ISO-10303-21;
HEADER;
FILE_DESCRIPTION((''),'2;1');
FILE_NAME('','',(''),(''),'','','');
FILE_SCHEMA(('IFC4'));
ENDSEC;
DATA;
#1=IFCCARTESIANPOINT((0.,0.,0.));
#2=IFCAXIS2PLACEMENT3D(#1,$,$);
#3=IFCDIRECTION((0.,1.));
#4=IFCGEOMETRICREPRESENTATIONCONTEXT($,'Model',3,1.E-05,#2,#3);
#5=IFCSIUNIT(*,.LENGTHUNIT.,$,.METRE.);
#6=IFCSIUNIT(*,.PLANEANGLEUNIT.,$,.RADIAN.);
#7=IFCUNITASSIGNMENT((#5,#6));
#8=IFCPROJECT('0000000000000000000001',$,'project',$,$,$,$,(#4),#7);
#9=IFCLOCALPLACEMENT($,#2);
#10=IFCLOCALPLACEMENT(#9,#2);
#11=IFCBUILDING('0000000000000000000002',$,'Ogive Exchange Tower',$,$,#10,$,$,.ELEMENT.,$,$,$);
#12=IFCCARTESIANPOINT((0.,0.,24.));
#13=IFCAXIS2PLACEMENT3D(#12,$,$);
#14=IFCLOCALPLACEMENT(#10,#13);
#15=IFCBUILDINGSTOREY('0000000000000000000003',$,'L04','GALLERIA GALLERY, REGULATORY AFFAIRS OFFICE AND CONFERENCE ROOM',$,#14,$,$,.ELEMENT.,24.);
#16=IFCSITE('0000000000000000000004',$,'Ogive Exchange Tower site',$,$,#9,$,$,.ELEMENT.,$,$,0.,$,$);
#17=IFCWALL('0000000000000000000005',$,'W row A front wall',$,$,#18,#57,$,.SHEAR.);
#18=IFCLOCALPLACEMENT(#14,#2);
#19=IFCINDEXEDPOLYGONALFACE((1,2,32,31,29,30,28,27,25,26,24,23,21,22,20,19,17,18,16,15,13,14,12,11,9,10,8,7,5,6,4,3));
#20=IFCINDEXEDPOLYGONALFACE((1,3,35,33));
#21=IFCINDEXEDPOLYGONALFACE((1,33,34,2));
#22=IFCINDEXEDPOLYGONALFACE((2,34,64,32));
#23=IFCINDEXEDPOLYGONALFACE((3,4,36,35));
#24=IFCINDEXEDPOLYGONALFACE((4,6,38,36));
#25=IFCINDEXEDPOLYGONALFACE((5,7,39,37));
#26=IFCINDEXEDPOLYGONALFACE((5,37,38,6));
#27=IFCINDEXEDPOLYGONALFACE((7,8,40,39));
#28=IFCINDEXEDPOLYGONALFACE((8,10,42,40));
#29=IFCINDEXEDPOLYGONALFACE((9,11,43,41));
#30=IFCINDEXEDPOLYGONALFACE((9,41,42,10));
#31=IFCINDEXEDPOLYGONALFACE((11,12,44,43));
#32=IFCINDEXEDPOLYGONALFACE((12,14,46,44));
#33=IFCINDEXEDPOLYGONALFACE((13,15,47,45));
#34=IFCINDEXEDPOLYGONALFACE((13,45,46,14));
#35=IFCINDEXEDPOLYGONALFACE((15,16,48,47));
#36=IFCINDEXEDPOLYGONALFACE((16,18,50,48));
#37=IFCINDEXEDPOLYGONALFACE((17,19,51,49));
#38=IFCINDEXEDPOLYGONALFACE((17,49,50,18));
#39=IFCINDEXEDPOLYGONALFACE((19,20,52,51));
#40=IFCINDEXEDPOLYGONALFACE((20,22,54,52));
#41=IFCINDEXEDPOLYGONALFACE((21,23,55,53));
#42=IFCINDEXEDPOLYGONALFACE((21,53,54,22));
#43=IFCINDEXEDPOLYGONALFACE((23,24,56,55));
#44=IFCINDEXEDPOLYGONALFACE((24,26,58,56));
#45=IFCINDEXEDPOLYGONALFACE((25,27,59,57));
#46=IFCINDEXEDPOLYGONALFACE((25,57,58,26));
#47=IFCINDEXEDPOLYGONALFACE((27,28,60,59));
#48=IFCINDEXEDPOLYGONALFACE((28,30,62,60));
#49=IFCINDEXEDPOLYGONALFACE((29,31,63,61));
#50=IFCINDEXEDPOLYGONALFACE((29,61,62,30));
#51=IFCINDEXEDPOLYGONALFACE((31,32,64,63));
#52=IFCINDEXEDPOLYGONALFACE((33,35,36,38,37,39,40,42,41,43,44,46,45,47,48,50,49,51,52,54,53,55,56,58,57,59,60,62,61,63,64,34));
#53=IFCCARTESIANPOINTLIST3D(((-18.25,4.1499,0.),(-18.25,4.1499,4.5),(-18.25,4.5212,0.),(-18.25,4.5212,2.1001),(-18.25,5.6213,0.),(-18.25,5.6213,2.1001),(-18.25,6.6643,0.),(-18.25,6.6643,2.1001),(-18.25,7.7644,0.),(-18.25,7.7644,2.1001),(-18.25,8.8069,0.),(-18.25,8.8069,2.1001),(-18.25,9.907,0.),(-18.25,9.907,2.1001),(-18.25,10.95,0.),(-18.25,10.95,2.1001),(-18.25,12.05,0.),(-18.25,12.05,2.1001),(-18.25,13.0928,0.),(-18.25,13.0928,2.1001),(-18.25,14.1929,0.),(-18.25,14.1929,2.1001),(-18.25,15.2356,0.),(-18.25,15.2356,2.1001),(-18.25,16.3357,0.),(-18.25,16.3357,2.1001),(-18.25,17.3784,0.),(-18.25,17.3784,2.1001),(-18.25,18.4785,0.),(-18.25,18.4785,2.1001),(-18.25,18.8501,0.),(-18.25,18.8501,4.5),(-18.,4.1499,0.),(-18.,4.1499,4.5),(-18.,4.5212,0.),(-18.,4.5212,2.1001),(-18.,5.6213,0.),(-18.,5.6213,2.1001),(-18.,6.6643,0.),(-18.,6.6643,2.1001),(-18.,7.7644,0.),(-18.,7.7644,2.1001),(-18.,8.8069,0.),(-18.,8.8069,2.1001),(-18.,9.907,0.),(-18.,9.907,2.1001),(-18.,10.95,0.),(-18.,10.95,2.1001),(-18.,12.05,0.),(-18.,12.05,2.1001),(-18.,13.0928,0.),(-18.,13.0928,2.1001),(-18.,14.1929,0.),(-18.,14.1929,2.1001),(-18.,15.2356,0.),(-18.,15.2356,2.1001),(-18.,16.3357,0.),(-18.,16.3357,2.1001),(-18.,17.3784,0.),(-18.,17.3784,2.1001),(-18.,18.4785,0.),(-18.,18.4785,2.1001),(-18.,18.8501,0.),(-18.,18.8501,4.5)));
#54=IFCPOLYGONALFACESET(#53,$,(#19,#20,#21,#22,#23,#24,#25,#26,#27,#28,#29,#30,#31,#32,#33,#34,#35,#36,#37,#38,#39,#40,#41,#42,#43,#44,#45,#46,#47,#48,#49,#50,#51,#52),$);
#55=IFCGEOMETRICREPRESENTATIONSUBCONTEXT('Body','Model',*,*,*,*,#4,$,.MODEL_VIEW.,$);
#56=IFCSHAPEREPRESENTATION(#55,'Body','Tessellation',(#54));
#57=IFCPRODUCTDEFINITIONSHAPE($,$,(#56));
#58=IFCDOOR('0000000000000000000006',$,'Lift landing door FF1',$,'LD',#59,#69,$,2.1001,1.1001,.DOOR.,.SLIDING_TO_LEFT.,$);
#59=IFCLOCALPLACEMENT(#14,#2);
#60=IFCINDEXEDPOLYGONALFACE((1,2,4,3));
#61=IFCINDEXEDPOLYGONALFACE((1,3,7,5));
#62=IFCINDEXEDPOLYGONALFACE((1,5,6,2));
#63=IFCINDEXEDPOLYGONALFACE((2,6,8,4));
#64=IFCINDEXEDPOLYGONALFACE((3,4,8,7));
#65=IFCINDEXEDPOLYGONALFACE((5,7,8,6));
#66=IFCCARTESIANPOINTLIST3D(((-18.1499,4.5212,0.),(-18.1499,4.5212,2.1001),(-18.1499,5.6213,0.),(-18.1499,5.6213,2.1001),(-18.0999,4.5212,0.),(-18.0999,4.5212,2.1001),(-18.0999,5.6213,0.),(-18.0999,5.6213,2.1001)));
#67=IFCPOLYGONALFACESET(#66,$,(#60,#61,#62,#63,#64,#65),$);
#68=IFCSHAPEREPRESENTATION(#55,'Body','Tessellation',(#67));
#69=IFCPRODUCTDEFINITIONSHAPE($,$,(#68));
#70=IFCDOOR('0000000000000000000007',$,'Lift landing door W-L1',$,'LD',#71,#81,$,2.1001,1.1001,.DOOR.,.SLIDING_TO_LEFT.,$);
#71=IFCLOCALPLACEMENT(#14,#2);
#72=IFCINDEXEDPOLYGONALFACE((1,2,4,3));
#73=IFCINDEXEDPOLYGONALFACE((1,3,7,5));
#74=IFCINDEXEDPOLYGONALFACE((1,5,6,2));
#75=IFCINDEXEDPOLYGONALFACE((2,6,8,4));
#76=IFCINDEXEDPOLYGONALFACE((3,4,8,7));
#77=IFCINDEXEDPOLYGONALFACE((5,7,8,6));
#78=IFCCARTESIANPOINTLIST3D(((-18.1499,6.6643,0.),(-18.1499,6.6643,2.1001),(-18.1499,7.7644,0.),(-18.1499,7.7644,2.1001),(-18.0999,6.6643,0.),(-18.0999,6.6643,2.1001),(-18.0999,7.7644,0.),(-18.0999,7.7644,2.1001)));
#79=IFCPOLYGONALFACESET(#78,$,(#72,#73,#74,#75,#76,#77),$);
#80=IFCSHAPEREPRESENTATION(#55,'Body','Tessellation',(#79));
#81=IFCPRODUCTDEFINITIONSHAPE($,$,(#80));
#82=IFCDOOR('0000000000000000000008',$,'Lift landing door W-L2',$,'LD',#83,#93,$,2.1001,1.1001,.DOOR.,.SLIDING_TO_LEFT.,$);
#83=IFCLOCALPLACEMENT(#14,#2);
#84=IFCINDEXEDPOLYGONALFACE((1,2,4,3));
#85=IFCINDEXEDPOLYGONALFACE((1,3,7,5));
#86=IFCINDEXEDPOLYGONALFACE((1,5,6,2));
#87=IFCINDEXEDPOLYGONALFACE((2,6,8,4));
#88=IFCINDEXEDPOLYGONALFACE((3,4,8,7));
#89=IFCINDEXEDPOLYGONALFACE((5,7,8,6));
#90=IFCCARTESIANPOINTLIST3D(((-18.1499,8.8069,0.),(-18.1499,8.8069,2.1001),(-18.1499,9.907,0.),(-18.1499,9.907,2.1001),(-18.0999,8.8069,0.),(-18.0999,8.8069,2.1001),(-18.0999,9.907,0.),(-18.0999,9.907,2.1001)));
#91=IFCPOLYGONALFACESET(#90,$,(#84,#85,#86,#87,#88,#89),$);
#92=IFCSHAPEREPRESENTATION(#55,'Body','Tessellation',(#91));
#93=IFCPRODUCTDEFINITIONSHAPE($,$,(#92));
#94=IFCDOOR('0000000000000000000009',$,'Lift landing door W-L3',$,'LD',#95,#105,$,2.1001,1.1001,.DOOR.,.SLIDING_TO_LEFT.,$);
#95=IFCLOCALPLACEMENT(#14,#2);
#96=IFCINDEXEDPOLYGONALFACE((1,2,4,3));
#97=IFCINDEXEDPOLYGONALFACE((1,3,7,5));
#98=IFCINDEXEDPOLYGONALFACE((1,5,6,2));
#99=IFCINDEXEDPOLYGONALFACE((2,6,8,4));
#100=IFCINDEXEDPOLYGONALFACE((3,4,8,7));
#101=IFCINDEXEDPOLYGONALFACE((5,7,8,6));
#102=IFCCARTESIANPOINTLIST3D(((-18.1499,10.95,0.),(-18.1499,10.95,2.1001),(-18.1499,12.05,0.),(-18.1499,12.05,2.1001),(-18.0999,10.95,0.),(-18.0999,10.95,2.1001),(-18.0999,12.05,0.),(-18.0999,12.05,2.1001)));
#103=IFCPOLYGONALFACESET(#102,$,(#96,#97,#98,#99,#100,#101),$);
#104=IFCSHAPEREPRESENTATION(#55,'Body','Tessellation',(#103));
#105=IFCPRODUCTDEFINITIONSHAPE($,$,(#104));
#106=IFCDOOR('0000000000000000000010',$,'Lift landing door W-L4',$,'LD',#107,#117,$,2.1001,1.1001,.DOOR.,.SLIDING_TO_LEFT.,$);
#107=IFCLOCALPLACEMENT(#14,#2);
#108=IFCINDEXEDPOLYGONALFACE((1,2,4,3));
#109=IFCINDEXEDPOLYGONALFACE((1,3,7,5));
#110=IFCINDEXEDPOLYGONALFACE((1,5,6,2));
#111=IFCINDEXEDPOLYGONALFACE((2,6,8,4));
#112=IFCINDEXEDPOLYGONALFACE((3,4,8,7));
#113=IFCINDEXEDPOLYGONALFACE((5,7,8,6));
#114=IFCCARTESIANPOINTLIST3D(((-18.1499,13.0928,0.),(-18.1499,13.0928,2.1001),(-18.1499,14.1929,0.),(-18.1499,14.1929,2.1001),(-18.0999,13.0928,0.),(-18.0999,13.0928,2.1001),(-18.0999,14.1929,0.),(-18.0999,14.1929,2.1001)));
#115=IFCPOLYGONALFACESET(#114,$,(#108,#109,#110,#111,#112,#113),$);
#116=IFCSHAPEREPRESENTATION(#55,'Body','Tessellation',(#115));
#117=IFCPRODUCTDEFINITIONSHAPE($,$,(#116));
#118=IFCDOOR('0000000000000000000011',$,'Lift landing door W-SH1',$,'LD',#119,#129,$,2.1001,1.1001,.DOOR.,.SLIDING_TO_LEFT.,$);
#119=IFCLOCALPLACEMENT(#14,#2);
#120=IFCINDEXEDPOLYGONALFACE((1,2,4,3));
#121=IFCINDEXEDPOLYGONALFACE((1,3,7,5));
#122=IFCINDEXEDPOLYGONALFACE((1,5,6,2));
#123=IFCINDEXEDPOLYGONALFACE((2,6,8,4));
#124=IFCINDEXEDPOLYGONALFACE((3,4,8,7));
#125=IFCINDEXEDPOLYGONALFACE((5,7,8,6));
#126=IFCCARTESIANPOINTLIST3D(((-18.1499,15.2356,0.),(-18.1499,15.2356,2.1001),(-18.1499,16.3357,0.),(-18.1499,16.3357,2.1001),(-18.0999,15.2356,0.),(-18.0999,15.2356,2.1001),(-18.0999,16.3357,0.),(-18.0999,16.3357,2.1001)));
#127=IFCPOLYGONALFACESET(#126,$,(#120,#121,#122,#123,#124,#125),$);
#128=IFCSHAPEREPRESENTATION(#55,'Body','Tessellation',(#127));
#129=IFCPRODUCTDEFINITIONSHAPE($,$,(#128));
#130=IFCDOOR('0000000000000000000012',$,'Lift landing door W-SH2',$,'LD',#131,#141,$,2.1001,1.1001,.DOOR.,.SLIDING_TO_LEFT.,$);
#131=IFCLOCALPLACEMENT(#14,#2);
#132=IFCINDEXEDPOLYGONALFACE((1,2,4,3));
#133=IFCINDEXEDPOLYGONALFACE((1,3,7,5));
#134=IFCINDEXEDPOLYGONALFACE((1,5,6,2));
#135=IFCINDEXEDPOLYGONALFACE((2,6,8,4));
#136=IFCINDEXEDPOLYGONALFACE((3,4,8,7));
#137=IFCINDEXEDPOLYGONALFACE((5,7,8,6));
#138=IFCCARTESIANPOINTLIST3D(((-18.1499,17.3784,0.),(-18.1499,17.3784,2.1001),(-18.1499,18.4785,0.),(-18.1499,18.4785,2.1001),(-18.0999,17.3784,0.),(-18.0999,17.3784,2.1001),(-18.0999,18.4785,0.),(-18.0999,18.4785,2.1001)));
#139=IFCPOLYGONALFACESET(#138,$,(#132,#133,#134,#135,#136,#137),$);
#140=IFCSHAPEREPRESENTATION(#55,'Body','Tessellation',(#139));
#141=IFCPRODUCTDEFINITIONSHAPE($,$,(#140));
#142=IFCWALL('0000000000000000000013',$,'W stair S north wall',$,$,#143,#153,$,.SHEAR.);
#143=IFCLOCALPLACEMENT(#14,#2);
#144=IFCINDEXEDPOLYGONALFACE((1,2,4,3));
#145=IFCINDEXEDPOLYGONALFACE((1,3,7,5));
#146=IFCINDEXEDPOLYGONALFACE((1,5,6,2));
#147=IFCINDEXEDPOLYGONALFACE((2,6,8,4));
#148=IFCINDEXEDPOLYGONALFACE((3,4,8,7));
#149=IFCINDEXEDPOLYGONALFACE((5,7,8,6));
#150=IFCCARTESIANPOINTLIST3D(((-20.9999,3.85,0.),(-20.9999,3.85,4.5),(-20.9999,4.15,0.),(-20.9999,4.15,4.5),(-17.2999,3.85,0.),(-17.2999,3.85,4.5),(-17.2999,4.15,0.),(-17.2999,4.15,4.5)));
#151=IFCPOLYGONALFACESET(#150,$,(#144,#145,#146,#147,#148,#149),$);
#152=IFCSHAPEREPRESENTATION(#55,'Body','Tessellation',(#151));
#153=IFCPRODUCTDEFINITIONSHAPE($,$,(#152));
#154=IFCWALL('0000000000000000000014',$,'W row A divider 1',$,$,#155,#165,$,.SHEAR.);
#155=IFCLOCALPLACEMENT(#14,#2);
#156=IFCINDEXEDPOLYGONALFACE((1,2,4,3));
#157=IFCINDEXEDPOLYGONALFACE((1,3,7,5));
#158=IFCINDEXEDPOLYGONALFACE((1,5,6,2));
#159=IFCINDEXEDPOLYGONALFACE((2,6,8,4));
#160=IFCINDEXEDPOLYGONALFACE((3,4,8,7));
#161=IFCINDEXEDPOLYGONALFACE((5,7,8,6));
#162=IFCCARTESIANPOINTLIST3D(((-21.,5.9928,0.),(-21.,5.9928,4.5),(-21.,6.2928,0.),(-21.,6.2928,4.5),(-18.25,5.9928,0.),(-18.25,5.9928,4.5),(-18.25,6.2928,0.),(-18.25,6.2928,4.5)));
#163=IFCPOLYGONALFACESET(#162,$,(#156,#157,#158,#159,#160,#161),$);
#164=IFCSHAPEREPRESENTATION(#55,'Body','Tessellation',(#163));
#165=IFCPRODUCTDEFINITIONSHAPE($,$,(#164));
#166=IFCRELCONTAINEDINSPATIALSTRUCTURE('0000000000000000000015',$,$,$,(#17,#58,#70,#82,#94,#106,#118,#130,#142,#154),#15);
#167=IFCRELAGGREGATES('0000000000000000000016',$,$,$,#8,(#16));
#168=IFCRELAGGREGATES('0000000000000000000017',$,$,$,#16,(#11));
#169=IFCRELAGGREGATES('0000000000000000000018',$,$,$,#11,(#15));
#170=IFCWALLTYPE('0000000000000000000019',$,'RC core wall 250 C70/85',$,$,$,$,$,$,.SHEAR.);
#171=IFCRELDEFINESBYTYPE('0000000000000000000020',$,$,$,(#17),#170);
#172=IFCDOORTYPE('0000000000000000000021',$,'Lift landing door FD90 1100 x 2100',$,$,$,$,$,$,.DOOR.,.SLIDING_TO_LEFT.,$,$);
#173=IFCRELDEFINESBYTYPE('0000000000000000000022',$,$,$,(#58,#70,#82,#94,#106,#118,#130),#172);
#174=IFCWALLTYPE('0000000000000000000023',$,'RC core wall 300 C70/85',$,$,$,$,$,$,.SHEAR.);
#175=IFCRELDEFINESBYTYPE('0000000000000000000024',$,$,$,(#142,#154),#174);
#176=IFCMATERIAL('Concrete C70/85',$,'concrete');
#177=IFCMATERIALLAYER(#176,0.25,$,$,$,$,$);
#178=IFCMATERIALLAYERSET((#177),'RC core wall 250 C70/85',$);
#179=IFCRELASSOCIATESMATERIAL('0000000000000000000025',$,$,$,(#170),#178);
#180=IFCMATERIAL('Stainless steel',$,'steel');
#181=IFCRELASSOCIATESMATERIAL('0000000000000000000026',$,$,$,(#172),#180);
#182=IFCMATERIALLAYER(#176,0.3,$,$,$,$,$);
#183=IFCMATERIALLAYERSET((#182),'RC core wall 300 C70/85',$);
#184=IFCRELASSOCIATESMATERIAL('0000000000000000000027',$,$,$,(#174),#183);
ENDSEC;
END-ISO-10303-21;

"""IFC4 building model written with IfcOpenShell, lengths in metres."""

from ifc_helpers import new_model, si_unit, direction, frame, frame_2d, origin, place, context, subcontext, project, spatial, rectangle, extrude, material, layer, layer_set, type_object, element, fill, save


model = new_model("IFC4")

# Units and contexts
model_context = context("Model", 3, precision=1e-05, world=origin(), true_north=direction((0.0, 1.0)))
body_context = subcontext(model_context, "Body", "Model", "MODEL_VIEW")
ifc_project = project(units=[si_unit("LENGTHUNIT", "METRE"), si_unit("PLANEANGLEUNIT", "RADIAN")], contexts=[model_context])

# Site, building, storey
site_placement = place(None, origin())
site = spatial("IfcSite", under=ifc_project, at=site_placement, Name="Ogive Exchange Tower site", CompositionType="ELEMENT", RefElevation=0.0)
building_placement = place(site_placement, origin())
building = spatial("IfcBuilding", under=site, at=building_placement, Name="Ogive Exchange Tower", CompositionType="ELEMENT")
storey_placement = place(building_placement, frame((0.0, 0.0, 24.0)))
storey = spatial("IfcBuildingStorey", under=building, at=storey_placement, Name="L04", Description="GALLERIA GALLERY, REGULATORY AFFAIRS OFFICE AND CONFERENCE ROOM", CompositionType="ELEMENT", Elevation=24.0)

# Wall, openings, doors
ifc_material_1 = material(Name="Concrete C70/85", Category="concrete")
ifc_layer_1 = layer(ifc_material_1, 0.25)
ifc_layer_set_1 = layer_set([ifc_layer_1], Name="RC core wall 250 C70/85")
wall_type_1 = type_object("IfcWallType", Name="RC core wall 250 C70/85", PredefinedType="SHEAR", material=ifc_layer_set_1)
wall_1_placement = place(storey_placement, frame((-18.125, 4.1499, 0.0), z_axis=(0.0, 0.0, 1.0), x_axis=(0.0, 1.0, 0.0)))
wall_1 = element("IfcWall", 1, at=wall_1_placement, inside=storey, type_object=wall_type_1, Name="W row A front wall", PredefinedType="SHEAR", context=body_context, shape_type="SweptSolid", body=[
    extrude(rectangle(XDim=14.7002, YDim=0.25, at=frame_2d((7.3501, 0.0))), origin(), (0.0, 0.0, 1.0), 4.5),
])
opening_1_placement = place(wall_1_placement, frame((0.3713, 0.0, 0.0)))
opening_1 = element("IfcOpeningElement", 2, at=opening_1_placement, cuts=wall_1, PredefinedType="OPENING", context=body_context, shape_type="SweptSolid", body=[
    extrude(rectangle(XDim=1.1001, YDim=2.1001, at=frame_2d((0.55, 1.05))), frame((0.0, 0.135, 0.0), z_axis=(0.0, -1.0, 0.0), x_axis=(1.0, 0.0, 0.0)), (0.0, 0.0, 1.0), 0.27),
])
opening_2_placement = place(wall_1_placement, frame((2.5144, 0.0, 0.0)))
opening_2 = element("IfcOpeningElement", 3, at=opening_2_placement, cuts=wall_1, PredefinedType="OPENING", context=body_context, shape_type="SweptSolid", body=[
    extrude(rectangle(XDim=1.1001, YDim=2.1001, at=frame_2d((0.55, 1.05))), frame((0.0, 0.135, 0.0), z_axis=(0.0, -1.0, 0.0), x_axis=(1.0, 0.0, 0.0)), (0.0, 0.0, 1.0), 0.27),
])
opening_3_placement = place(wall_1_placement, frame((4.657, 0.0, 0.0)))
opening_3 = element("IfcOpeningElement", 4, at=opening_3_placement, cuts=wall_1, PredefinedType="OPENING", context=body_context, shape_type="SweptSolid", body=[
    extrude(rectangle(XDim=1.1001, YDim=2.1001, at=frame_2d((0.55, 1.05))), frame((0.0, 0.135, 0.0), z_axis=(0.0, -1.0, 0.0), x_axis=(1.0, 0.0, 0.0)), (0.0, 0.0, 1.0), 0.27),
])
opening_4_placement = place(wall_1_placement, frame((6.8, 0.0, 0.0)))
opening_4 = element("IfcOpeningElement", 5, at=opening_4_placement, cuts=wall_1, PredefinedType="OPENING", context=body_context, shape_type="SweptSolid", body=[
    extrude(rectangle(XDim=1.1001, YDim=2.1001, at=frame_2d((0.55, 1.05))), frame((0.0, 0.135, 0.0), z_axis=(0.0, -1.0, 0.0), x_axis=(1.0, 0.0, 0.0)), (0.0, 0.0, 1.0), 0.27),
])
opening_5_placement = place(wall_1_placement, frame((8.9429, 0.0, 0.0)))
opening_5 = element("IfcOpeningElement", 6, at=opening_5_placement, cuts=wall_1, PredefinedType="OPENING", context=body_context, shape_type="SweptSolid", body=[
    extrude(rectangle(XDim=1.1001, YDim=2.1001, at=frame_2d((0.55, 1.05))), frame((0.0, 0.135, 0.0), z_axis=(0.0, -1.0, 0.0), x_axis=(1.0, 0.0, 0.0)), (0.0, 0.0, 1.0), 0.27),
])
opening_6_placement = place(wall_1_placement, frame((11.0857, 0.0, 0.0)))
opening_6 = element("IfcOpeningElement", 7, at=opening_6_placement, cuts=wall_1, PredefinedType="OPENING", context=body_context, shape_type="SweptSolid", body=[
    extrude(rectangle(XDim=1.1001, YDim=2.1001, at=frame_2d((0.55, 1.05))), frame((0.0, 0.135, 0.0), z_axis=(0.0, -1.0, 0.0), x_axis=(1.0, 0.0, 0.0)), (0.0, 0.0, 1.0), 0.27),
])
opening_7_placement = place(wall_1_placement, frame((13.2285, 0.0, 0.0)))
opening_7 = element("IfcOpeningElement", 8, at=opening_7_placement, cuts=wall_1, PredefinedType="OPENING", context=body_context, shape_type="SweptSolid", body=[
    extrude(rectangle(XDim=1.1001, YDim=2.1001, at=frame_2d((0.55, 1.05))), frame((0.0, 0.135, 0.0), z_axis=(0.0, -1.0, 0.0), x_axis=(1.0, 0.0, 0.0)), (0.0, 0.0, 1.0), 0.27),
])
ifc_material_2 = material(Name="Stainless steel", Category="steel")
door_type_1 = type_object("IfcDoorType", Name="Lift landing door FD90 1100 x 2100", OperationType="SLIDING_TO_LEFT", PredefinedType="DOOR", material=ifc_material_2)
door_1_placement = place(opening_1_placement, origin())
door_1 = element("IfcDoor", 9, at=door_1_placement, inside=storey, type_object=door_type_1, Name="Lift landing door FF1", ObjectType="LD", OperationType="SLIDING_TO_LEFT", OverallHeight=2.1001, OverallWidth=1.1001, PredefinedType="DOOR", context=body_context, shape_type="SweptSolid", body=[
    extrude(rectangle(XDim=1.1001, YDim=2.1001, at=frame_2d((0.55, 1.05))), frame((0.0, 0.0249, 0.0), z_axis=(0.0, -1.0, 0.0), x_axis=(1.0, 0.0, 0.0)), (0.0, 0.0, 1.0), 0.05),
])
fill(opening_1, door_1)
door_2_placement = place(opening_2_placement, origin())
door_2 = element("IfcDoor", 10, at=door_2_placement, inside=storey, type_object=door_type_1, Name="Lift landing door W-L1", ObjectType="LD", OperationType="SLIDING_TO_LEFT", OverallHeight=2.1001, OverallWidth=1.1001, PredefinedType="DOOR", context=body_context, shape_type="SweptSolid", body=[
    extrude(rectangle(XDim=1.1001, YDim=2.1001, at=frame_2d((0.55, 1.05))), frame((0.0, 0.0249, 0.0), z_axis=(0.0, -1.0, 0.0), x_axis=(1.0, 0.0, 0.0)), (0.0, 0.0, 1.0), 0.05),
])
fill(opening_2, door_2)
door_3_placement = place(opening_3_placement, origin())
door_3 = element("IfcDoor", 11, at=door_3_placement, inside=storey, type_object=door_type_1, Name="Lift landing door W-L2", ObjectType="LD", OperationType="SLIDING_TO_LEFT", OverallHeight=2.1001, OverallWidth=1.1001, PredefinedType="DOOR", context=body_context, shape_type="SweptSolid", body=[
    extrude(rectangle(XDim=1.1001, YDim=2.1001, at=frame_2d((0.55, 1.05))), frame((0.0, 0.0249, 0.0), z_axis=(0.0, -1.0, 0.0), x_axis=(1.0, 0.0, 0.0)), (0.0, 0.0, 1.0), 0.05),
])
fill(opening_3, door_3)
door_4_placement = place(opening_4_placement, origin())
door_4 = element("IfcDoor", 12, at=door_4_placement, inside=storey, type_object=door_type_1, Name="Lift landing door W-L3", ObjectType="LD", OperationType="SLIDING_TO_LEFT", OverallHeight=2.1001, OverallWidth=1.1001, PredefinedType="DOOR", context=body_context, shape_type="SweptSolid", body=[
    extrude(rectangle(XDim=1.1001, YDim=2.1001, at=frame_2d((0.55, 1.05))), frame((0.0, 0.0249, 0.0), z_axis=(0.0, -1.0, 0.0), x_axis=(1.0, 0.0, 0.0)), (0.0, 0.0, 1.0), 0.05),
])
fill(opening_4, door_4)
door_5_placement = place(opening_5_placement, origin())
door_5 = element("IfcDoor", 13, at=door_5_placement, inside=storey, type_object=door_type_1, Name="Lift landing door W-L4", ObjectType="LD", OperationType="SLIDING_TO_LEFT", OverallHeight=2.1001, OverallWidth=1.1001, PredefinedType="DOOR", context=body_context, shape_type="SweptSolid", body=[
    extrude(rectangle(XDim=1.1001, YDim=2.1001, at=frame_2d((0.55, 1.05))), frame((0.0, 0.0249, 0.0), z_axis=(0.0, -1.0, 0.0), x_axis=(1.0, 0.0, 0.0)), (0.0, 0.0, 1.0), 0.05),
])
fill(opening_5, door_5)
door_6_placement = place(opening_6_placement, origin())
door_6 = element("IfcDoor", 14, at=door_6_placement, inside=storey, type_object=door_type_1, Name="Lift landing door W-SH1", ObjectType="LD", OperationType="SLIDING_TO_LEFT", OverallHeight=2.1001, OverallWidth=1.1001, PredefinedType="DOOR", context=body_context, shape_type="SweptSolid", body=[
    extrude(rectangle(XDim=1.1001, YDim=2.1001, at=frame_2d((0.55, 1.05))), frame((0.0, 0.0249, 0.0), z_axis=(0.0, -1.0, 0.0), x_axis=(1.0, 0.0, 0.0)), (0.0, 0.0, 1.0), 0.05),
])
fill(opening_6, door_6)
door_7_placement = place(opening_7_placement, origin())
door_7 = element("IfcDoor", 15, at=door_7_placement, inside=storey, type_object=door_type_1, Name="Lift landing door W-SH2", ObjectType="LD", OperationType="SLIDING_TO_LEFT", OverallHeight=2.1001, OverallWidth=1.1001, PredefinedType="DOOR", context=body_context, shape_type="SweptSolid", body=[
    extrude(rectangle(XDim=1.1001, YDim=2.1001, at=frame_2d((0.55, 1.05))), frame((0.0, 0.0249, 0.0), z_axis=(0.0, -1.0, 0.0), x_axis=(1.0, 0.0, 0.0)), (0.0, 0.0, 1.0), 0.05),
])
fill(opening_7, door_7)

# Walls
ifc_layer_2 = layer(ifc_material_1, 0.3)
ifc_layer_set_2 = layer_set([ifc_layer_2], Name="RC core wall 300 C70/85")
wall_type_2 = type_object("IfcWallType", Name="RC core wall 300 C70/85", PredefinedType="SHEAR", material=ifc_layer_set_2)
wall_2_placement = place(storey_placement, frame((-21.0, 4.0, 0.0), z_axis=(0.0, 0.0, 1.0), x_axis=(1.0, 0.0, 0.0)))
element("IfcWall", 16, at=wall_2_placement, inside=storey, type_object=wall_type_2, Name="W stair S north wall", PredefinedType="SHEAR", context=body_context, shape_type="SweptSolid", body=[
    extrude(rectangle(XDim=3.7, YDim=0.3, at=frame_2d((1.8501, 0.0))), origin(), (0.0, 0.0, 1.0), 4.5),
])
for number, where, z_axis, x_axis, name in (
    (17, (-21.0, 6.1428, 0.0), (0.0, 0.0, 1.0), (1.0, 0.0, 0.0), "W row A divider 1"),
):
    element("IfcWall", number, at=place(storey_placement, frame(where, z_axis=z_axis, x_axis=x_axis)), inside=storey, type_object=wall_type_2, Name=name, PredefinedType="SHEAR", context=body_context, shape_type="SweptSolid", body=[
        extrude(rectangle(XDim=2.75, YDim=0.3, at=frame_2d((1.375, 0.0))), origin(), (0.0, 0.0, 1.0), 4.5),
    ])

save(model, "model.ifc")
